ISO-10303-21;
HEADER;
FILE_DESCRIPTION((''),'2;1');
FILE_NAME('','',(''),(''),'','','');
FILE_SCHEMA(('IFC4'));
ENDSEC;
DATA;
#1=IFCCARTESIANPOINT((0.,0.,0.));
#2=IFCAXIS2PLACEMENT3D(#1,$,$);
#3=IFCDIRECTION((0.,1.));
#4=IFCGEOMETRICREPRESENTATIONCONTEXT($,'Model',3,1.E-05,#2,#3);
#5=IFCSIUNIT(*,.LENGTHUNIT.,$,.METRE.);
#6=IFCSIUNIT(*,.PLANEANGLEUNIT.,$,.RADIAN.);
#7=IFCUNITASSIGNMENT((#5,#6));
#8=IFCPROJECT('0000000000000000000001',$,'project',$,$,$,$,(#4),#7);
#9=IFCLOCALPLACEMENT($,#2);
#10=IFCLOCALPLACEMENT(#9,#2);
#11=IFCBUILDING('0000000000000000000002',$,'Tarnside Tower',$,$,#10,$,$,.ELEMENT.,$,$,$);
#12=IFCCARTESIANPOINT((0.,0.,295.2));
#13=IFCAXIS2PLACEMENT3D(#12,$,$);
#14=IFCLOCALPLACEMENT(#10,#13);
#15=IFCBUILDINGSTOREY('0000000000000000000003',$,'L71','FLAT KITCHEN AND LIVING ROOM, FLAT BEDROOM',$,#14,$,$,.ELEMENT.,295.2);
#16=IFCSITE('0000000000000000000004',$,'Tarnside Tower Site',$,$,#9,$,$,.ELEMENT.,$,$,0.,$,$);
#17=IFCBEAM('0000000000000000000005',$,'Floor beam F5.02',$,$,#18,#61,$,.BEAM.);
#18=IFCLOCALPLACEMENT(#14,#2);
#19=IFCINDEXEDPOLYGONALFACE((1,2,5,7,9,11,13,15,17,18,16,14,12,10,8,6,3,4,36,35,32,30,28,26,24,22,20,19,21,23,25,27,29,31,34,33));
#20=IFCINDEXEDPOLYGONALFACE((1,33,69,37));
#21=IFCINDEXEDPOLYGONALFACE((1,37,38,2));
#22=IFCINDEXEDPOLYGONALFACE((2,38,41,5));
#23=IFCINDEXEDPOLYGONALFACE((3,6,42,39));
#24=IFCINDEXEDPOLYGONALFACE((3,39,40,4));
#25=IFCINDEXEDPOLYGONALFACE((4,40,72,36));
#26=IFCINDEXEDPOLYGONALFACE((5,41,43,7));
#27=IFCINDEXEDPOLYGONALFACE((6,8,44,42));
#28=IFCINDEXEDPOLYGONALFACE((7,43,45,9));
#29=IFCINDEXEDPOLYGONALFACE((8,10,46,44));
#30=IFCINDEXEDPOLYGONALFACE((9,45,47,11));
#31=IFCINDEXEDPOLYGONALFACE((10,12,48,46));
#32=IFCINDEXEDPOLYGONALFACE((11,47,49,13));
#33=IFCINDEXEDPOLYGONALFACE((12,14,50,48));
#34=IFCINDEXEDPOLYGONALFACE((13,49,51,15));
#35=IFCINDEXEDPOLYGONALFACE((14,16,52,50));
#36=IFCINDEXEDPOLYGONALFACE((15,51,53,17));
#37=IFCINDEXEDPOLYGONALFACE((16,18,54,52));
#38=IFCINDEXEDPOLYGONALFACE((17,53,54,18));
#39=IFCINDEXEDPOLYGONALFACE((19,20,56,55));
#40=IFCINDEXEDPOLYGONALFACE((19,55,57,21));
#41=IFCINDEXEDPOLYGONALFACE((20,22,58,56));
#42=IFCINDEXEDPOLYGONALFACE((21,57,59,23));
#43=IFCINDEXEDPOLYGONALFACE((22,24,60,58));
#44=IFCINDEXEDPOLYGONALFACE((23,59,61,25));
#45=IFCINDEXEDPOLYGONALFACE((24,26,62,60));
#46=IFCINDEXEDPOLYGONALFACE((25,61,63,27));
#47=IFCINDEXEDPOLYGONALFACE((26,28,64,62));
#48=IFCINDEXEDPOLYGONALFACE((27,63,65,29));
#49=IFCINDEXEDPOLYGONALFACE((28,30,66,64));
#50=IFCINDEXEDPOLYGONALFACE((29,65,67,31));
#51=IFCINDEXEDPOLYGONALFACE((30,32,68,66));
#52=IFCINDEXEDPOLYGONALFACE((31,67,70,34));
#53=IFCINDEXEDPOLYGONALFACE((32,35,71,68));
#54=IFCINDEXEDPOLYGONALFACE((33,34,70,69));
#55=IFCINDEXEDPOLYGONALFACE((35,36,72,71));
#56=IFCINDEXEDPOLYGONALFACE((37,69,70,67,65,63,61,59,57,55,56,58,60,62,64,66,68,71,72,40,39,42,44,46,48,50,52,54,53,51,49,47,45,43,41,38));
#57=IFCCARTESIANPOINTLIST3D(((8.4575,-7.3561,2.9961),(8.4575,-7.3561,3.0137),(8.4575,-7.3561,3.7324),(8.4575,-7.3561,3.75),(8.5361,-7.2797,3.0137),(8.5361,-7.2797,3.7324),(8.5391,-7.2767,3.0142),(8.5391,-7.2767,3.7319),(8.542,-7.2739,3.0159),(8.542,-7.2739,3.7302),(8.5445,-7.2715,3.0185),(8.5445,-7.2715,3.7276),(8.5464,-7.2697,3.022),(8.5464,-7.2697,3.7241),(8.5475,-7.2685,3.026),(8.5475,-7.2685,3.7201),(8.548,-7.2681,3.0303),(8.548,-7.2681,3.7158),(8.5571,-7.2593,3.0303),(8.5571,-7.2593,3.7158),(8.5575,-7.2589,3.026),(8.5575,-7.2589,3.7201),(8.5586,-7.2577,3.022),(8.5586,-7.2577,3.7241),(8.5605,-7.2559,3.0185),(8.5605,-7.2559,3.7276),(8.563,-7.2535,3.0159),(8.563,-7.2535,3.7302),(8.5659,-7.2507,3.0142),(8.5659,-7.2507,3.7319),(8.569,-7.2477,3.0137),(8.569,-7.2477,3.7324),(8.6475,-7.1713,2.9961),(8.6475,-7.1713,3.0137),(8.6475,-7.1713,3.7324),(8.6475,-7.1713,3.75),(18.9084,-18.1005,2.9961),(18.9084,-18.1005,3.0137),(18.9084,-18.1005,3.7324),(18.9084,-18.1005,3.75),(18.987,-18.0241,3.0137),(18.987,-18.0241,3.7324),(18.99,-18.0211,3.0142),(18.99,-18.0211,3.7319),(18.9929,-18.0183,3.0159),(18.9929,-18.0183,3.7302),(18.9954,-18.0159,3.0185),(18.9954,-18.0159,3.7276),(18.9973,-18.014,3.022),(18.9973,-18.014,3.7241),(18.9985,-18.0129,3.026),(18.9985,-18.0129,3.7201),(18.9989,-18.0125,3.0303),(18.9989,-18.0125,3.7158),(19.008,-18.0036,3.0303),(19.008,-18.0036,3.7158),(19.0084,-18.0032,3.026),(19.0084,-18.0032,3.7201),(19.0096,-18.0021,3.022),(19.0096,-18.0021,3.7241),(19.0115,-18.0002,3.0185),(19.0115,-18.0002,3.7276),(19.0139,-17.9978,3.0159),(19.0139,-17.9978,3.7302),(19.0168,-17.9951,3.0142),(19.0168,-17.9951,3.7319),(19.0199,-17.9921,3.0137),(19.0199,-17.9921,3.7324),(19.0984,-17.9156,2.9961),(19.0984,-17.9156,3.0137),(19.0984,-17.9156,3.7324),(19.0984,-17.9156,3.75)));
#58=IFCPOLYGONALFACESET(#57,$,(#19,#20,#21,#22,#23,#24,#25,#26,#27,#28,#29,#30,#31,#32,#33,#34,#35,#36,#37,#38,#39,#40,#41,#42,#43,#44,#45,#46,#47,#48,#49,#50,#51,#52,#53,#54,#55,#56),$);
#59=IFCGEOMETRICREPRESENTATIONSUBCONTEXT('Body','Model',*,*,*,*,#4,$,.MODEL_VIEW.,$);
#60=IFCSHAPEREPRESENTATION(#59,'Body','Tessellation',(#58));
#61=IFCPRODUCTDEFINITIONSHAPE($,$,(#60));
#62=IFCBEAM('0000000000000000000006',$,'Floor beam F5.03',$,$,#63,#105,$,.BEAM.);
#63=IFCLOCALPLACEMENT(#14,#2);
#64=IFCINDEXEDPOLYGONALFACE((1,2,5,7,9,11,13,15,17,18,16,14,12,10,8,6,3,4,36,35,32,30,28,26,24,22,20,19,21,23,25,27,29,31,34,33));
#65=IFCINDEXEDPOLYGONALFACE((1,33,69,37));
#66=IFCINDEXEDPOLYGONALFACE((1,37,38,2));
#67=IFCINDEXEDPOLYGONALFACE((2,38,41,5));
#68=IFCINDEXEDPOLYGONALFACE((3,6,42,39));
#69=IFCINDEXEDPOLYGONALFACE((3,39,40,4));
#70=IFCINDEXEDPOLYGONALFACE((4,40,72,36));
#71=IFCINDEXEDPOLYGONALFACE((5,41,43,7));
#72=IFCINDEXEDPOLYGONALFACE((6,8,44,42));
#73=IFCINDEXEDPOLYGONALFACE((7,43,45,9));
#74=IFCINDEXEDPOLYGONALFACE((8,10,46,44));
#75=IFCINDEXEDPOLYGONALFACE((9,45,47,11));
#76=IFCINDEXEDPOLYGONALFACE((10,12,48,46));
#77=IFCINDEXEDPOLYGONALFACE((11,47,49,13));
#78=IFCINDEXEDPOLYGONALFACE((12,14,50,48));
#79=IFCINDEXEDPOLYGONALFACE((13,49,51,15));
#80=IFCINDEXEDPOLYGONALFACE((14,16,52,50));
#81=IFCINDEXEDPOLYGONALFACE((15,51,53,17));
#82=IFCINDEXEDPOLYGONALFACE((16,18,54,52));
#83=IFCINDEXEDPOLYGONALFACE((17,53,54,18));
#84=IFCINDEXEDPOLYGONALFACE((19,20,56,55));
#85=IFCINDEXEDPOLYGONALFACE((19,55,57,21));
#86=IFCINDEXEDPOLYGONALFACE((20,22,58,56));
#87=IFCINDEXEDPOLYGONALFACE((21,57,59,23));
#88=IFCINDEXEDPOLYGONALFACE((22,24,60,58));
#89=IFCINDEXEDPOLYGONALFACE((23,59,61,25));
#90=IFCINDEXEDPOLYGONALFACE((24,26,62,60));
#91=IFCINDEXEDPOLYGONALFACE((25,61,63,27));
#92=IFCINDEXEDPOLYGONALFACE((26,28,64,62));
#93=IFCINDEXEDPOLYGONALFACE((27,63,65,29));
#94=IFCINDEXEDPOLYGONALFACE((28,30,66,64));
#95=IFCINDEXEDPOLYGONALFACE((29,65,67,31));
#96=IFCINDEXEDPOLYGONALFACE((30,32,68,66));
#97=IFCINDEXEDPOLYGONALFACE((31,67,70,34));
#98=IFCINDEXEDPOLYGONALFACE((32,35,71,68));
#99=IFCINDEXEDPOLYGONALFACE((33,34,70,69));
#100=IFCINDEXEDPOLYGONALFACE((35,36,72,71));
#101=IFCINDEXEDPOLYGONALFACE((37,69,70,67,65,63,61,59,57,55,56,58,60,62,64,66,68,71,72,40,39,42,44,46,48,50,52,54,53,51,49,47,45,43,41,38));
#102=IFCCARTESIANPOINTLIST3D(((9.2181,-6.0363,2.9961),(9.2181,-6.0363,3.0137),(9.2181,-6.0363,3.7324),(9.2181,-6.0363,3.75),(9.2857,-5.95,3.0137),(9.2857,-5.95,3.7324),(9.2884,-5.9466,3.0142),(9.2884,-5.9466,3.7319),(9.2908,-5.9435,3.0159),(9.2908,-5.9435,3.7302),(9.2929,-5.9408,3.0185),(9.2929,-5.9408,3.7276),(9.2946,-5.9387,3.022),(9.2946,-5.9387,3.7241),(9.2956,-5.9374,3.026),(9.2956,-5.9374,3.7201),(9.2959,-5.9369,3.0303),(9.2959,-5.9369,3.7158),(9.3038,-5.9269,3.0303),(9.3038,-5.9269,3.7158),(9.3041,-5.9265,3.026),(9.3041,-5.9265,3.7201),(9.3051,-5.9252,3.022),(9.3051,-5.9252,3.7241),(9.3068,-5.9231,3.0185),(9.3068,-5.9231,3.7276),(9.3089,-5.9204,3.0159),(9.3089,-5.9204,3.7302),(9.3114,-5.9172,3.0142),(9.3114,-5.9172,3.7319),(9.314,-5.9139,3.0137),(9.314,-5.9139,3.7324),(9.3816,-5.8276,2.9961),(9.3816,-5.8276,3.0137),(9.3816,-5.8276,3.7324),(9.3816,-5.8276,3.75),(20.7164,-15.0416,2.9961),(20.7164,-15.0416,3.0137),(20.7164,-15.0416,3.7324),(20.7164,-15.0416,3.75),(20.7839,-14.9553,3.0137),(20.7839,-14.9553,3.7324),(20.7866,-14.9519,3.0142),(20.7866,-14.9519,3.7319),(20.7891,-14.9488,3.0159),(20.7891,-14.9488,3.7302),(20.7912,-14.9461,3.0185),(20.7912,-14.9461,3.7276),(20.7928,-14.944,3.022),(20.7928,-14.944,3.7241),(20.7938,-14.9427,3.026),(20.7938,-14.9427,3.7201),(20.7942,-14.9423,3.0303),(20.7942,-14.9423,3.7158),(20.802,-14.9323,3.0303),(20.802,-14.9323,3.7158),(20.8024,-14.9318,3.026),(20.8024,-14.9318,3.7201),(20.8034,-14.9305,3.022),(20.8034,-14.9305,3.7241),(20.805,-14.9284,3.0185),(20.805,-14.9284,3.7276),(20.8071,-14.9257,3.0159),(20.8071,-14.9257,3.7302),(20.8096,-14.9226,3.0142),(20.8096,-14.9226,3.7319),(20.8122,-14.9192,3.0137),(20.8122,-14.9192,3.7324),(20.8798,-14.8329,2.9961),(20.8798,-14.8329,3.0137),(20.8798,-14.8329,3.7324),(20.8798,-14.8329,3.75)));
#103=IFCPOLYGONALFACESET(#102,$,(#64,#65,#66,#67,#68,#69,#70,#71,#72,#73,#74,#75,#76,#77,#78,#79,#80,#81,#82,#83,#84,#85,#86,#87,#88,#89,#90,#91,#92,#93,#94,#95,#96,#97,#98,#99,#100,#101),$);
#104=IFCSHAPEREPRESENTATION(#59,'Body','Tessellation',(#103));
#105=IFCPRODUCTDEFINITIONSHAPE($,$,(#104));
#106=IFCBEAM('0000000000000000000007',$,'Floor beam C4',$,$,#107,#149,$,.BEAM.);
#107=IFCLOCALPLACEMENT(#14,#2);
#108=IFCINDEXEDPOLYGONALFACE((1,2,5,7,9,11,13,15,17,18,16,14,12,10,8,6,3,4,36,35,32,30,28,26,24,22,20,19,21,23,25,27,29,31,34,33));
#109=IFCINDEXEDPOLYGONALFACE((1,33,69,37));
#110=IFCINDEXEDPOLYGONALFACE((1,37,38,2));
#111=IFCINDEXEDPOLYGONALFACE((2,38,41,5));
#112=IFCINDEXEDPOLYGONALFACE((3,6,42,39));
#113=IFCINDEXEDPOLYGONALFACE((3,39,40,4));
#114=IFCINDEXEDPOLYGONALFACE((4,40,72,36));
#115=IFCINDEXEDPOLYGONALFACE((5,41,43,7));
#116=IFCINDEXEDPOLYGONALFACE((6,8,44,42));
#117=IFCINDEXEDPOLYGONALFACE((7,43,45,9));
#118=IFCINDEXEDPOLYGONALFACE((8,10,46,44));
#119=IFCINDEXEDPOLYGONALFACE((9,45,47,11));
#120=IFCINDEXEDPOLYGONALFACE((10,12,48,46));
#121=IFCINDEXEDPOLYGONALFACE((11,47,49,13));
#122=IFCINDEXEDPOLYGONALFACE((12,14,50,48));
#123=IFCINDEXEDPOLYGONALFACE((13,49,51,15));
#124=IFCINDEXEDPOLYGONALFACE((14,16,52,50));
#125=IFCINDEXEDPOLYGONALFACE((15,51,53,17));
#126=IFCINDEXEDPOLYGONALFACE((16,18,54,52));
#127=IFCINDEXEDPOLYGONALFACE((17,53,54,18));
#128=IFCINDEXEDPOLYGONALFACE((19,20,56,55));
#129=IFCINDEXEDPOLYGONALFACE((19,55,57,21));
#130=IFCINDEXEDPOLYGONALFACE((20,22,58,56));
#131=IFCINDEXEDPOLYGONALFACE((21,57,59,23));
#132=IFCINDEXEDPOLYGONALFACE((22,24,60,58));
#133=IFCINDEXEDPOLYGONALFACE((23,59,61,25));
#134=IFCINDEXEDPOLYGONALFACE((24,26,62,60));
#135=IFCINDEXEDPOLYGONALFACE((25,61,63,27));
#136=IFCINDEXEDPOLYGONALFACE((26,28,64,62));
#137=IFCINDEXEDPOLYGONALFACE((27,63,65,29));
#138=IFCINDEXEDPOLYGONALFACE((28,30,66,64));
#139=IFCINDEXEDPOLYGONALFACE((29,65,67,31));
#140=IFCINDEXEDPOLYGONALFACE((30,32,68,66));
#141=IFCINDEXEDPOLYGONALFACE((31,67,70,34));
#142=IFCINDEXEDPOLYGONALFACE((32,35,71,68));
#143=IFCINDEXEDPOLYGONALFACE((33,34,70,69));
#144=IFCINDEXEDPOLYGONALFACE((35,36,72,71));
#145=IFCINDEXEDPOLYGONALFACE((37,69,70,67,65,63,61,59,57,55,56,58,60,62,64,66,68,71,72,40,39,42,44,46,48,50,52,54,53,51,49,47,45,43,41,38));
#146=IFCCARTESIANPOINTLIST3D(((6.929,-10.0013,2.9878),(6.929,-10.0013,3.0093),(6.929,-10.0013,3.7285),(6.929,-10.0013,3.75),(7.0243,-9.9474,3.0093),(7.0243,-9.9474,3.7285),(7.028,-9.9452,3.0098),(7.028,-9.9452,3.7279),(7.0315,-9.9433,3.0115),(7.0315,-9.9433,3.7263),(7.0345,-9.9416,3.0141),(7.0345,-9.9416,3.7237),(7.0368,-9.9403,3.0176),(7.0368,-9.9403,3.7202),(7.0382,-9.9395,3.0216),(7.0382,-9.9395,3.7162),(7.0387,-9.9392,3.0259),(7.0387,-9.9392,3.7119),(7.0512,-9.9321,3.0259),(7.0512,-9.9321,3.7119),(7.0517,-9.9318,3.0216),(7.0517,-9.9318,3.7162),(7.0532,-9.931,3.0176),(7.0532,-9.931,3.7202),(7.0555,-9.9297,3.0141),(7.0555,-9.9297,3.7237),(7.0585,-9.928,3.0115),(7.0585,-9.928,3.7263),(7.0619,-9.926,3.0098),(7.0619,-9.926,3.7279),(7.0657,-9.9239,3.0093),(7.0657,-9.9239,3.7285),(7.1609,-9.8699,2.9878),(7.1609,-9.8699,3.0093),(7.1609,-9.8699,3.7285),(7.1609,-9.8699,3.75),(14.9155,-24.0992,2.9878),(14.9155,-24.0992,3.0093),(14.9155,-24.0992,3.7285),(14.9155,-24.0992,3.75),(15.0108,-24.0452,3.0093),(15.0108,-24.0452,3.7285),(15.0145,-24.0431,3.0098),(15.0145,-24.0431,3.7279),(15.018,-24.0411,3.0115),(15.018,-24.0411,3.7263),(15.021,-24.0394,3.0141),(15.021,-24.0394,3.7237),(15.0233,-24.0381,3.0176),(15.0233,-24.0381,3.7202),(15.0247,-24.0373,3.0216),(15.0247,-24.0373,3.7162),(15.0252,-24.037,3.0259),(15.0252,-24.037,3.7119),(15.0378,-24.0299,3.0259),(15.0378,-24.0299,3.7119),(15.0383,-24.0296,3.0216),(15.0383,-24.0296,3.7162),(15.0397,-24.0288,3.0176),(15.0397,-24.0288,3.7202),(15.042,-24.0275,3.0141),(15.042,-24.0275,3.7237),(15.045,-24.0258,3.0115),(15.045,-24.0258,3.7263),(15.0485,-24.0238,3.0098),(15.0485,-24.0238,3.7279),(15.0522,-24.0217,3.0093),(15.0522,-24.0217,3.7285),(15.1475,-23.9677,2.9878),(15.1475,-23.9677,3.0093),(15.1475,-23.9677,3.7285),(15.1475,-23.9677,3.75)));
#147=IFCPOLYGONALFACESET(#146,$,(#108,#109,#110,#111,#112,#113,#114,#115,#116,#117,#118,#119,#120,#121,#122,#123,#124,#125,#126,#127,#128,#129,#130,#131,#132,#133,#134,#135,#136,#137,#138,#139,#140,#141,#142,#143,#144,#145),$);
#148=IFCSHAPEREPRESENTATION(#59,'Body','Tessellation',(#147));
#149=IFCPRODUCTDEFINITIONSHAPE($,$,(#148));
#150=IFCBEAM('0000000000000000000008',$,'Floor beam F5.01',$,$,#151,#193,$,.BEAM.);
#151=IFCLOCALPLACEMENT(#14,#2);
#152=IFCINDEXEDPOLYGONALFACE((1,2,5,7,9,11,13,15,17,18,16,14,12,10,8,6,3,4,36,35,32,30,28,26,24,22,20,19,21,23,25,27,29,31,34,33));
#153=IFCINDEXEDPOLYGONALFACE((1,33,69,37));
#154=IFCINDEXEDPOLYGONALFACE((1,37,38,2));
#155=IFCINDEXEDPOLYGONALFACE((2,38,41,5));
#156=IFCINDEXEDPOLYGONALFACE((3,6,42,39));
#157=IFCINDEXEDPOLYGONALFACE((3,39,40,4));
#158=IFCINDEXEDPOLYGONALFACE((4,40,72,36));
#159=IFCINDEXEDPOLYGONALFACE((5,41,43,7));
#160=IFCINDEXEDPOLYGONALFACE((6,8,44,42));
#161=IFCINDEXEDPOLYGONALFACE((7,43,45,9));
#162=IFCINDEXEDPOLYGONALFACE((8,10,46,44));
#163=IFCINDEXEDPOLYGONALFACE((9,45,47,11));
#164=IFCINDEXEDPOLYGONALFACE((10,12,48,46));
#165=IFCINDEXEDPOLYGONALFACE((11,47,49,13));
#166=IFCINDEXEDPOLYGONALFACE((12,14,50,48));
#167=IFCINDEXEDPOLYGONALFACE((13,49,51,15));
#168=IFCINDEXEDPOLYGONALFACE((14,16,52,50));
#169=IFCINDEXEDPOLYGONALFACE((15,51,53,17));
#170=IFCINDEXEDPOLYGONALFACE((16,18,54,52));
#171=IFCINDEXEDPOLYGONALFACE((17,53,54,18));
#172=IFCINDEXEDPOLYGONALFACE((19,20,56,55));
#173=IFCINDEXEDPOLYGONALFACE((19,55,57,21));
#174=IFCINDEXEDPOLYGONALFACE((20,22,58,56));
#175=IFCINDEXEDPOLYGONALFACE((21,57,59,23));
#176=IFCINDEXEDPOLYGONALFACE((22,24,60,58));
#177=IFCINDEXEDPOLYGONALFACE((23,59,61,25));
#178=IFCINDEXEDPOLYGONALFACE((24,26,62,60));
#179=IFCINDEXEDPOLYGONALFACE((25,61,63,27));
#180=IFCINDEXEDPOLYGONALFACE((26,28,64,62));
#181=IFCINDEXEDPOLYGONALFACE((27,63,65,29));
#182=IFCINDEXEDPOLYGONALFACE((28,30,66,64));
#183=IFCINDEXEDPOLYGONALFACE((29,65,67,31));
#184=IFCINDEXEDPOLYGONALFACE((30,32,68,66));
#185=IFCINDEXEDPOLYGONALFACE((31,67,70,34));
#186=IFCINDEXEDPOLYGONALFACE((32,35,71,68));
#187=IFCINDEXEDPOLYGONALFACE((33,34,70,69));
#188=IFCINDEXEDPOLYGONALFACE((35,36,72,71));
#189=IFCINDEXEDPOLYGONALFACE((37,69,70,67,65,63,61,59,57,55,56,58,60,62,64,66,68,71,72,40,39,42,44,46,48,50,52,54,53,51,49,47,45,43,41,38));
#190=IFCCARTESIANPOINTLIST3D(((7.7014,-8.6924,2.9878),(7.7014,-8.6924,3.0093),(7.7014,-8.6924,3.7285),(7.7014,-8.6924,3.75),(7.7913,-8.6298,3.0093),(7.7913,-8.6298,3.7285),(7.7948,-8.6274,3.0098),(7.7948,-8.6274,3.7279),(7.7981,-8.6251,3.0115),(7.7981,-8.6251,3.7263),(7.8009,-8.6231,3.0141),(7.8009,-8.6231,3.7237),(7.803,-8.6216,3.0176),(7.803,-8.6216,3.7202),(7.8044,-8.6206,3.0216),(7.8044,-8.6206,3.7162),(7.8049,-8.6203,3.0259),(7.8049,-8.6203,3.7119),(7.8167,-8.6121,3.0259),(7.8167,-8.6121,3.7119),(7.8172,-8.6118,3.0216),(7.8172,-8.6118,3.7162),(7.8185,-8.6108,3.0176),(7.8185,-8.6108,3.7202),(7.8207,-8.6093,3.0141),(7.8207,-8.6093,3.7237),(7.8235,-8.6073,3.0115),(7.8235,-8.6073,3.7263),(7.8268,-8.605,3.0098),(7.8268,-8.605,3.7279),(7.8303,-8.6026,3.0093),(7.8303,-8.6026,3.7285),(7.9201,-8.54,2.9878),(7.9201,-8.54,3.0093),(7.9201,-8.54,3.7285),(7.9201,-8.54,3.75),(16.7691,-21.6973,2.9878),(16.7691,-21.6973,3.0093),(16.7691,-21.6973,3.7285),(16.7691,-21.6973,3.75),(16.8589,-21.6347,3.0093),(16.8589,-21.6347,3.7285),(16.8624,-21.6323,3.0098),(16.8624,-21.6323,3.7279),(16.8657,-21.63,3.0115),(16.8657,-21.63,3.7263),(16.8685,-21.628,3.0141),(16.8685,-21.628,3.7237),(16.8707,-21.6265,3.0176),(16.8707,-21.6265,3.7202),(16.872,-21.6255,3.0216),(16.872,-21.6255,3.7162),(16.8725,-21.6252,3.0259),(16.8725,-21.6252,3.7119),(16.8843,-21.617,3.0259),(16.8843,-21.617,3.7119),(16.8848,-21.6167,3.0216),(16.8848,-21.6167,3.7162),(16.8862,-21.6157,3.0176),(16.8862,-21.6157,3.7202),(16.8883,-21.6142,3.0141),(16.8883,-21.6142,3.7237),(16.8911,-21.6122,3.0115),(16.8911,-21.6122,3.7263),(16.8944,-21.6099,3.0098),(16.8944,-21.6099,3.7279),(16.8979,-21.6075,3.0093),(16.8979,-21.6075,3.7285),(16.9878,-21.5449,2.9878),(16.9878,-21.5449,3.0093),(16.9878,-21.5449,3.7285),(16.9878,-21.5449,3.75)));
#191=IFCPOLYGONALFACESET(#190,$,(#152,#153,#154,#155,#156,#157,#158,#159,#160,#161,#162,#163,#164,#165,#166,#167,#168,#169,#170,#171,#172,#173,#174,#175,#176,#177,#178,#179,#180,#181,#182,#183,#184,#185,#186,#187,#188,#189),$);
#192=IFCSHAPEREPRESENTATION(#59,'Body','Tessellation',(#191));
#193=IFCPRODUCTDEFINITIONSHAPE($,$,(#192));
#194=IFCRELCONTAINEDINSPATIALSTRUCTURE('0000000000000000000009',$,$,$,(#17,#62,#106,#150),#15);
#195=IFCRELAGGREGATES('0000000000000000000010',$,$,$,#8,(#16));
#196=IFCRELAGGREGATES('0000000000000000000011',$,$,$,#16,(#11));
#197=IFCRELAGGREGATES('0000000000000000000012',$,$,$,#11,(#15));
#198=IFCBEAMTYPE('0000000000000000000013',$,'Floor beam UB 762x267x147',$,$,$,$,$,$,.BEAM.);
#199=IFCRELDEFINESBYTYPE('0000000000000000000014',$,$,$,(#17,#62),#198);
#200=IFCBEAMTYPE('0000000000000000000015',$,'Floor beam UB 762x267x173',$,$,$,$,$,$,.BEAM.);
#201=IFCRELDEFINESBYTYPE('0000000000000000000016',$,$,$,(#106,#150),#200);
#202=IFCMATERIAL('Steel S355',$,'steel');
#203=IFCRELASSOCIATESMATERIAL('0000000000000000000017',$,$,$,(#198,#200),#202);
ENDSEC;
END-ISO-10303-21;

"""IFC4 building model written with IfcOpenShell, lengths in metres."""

from ifc_helpers import new_model, si_unit, direction, frame, origin, origin_2d, place, context, subcontext, project, spatial, i_section, extrude, material, material_profile, profile_set, type_object, element, save


model = new_model("IFC4")

# Units and contexts
model_context = context("Model", 3, precision=1e-05, world=origin(), true_north=direction((0.0, 1.0)))
body_context = subcontext(model_context, "Body", "Model", "MODEL_VIEW")
ifc_project = project(units=[si_unit("LENGTHUNIT", "METRE"), si_unit("PLANEANGLEUNIT", "RADIAN")], contexts=[model_context])

# Site, building, storey
site_placement = place(None, origin())
site = spatial("IfcSite", under=ifc_project, at=site_placement, Name="Tarnside Tower Site", CompositionType="ELEMENT", RefElevation=0.0)
building_placement = place(site_placement, origin())
building = spatial("IfcBuilding", under=site, at=building_placement, Name="Tarnside Tower", CompositionType="ELEMENT")
storey_placement = place(building_placement, frame((0.0, 0.0, 295.2)))
storey = spatial("IfcBuildingStorey", under=building, at=storey_placement, Name="L71", Description="FLAT KITCHEN AND LIVING ROOM, FLAT BEDROOM", CompositionType="ELEMENT", Elevation=295.2)

# Beams
ifc_material_1 = material(Name="Steel S355", Category="steel")
ifc_material_profile_1 = material_profile(ifc_material_1, i_section(OverallWidth=0.2651, OverallDepth=0.7539, WebThickness=0.0127, FlangeThickness=0.0176, FilletRadius=0.0166, at=origin_2d()), Name="UB 762x267x147")
ifc_profile_set_1 = profile_set([ifc_material_profile_1], Name="Steel S355")
beam_type_1 = type_object("IfcBeamType", Name="Floor beam UB 762x267x147", PredefinedType="BEAM", material=ifc_profile_set_1)
beam_1_placement = place(storey_placement, frame((19.0034, -18.0081, 3.373), z_axis=(-0.69725, 0.716828, 0.0), x_axis=(-0.716828, -0.69725, 0.0)))
element("IfcBeam", 1, at=beam_1_placement, inside=storey, type_object=beam_type_1, Name="Floor beam F5.02", PredefinedType="BEAM", context=body_context, shape_type="SweptSolid", body=[
    extrude(i_section(OverallWidth=0.2651, OverallDepth=0.7539, WebThickness=0.0127, FlangeThickness=0.0176, FilletRadius=0.0166, at=origin_2d()), origin(), (0.0, 0.0, 1.0), 14.9888),
])
beam_2_placement = place(storey_placement, frame((20.7981, -14.9373, 3.373), z_axis=(-0.787282, 0.616593, 0.0), x_axis=(-0.616593, -0.787282, 0.0)))
element("IfcBeam", 2, at=beam_2_placement, inside=storey, type_object=beam_type_1, Name="Floor beam F5.03", PredefinedType="BEAM", context=body_context, shape_type="SweptSolid", body=[
    extrude(i_section(OverallWidth=0.2651, OverallDepth=0.7539, WebThickness=0.0127, FlangeThickness=0.0176, FilletRadius=0.0166, at=origin_2d()), origin(), (0.0, 0.0, 1.0), 14.605),
])
ifc_material_profile_2 = material_profile(ifc_material_1, i_section(OverallWidth=0.2666, OverallDepth=0.7622, WebThickness=0.0144, FlangeThickness=0.0215, FilletRadius=0.0166, at=origin_2d()), Name="UB 762x267x173")
ifc_profile_set_2 = profile_set([ifc_material_profile_2], Name="Steel S355")
beam_type_2 = type_object("IfcBeamType", Name="Floor beam UB 762x267x173", PredefinedType="BEAM", material=ifc_profile_set_2)
beam_3_placement = place(storey_placement, frame((15.0315, -24.0334, 3.3689), z_axis=(-0.492908, 0.870081, 0.0), x_axis=(-0.870081, -0.492908, 0.0)))
element("IfcBeam", 3, at=beam_3_placement, inside=storey, type_object=beam_type_2, Name="Floor beam C4", PredefinedType="BEAM", context=body_context, shape_type="SweptSolid", body=[
    extrude(i_section(OverallWidth=0.2666, OverallDepth=0.7622, WebThickness=0.0144, FlangeThickness=0.0215, FilletRadius=0.0166, at=origin_2d()), origin(), (0.0, 0.0, 1.0), 16.2029),
])
beam_4_placement = place(storey_placement, frame((16.8784, -21.6211, 3.3689), z_axis=(-0.571946, 0.820291, 0.0), x_axis=(-0.820291, -0.571946, 0.0)))
element("IfcBeam", 4, at=beam_4_placement, inside=storey, type_object=beam_type_2, Name="Floor beam F5.01", PredefinedType="BEAM", context=body_context, shape_type="SweptSolid", body=[
    extrude(i_section(OverallWidth=0.2666, OverallDepth=0.7622, WebThickness=0.0144, FlangeThickness=0.0215, FilletRadius=0.0166, at=origin_2d()), origin(), (0.0, 0.0, 1.0), 15.854),
])

save(model, "model.ifc")
